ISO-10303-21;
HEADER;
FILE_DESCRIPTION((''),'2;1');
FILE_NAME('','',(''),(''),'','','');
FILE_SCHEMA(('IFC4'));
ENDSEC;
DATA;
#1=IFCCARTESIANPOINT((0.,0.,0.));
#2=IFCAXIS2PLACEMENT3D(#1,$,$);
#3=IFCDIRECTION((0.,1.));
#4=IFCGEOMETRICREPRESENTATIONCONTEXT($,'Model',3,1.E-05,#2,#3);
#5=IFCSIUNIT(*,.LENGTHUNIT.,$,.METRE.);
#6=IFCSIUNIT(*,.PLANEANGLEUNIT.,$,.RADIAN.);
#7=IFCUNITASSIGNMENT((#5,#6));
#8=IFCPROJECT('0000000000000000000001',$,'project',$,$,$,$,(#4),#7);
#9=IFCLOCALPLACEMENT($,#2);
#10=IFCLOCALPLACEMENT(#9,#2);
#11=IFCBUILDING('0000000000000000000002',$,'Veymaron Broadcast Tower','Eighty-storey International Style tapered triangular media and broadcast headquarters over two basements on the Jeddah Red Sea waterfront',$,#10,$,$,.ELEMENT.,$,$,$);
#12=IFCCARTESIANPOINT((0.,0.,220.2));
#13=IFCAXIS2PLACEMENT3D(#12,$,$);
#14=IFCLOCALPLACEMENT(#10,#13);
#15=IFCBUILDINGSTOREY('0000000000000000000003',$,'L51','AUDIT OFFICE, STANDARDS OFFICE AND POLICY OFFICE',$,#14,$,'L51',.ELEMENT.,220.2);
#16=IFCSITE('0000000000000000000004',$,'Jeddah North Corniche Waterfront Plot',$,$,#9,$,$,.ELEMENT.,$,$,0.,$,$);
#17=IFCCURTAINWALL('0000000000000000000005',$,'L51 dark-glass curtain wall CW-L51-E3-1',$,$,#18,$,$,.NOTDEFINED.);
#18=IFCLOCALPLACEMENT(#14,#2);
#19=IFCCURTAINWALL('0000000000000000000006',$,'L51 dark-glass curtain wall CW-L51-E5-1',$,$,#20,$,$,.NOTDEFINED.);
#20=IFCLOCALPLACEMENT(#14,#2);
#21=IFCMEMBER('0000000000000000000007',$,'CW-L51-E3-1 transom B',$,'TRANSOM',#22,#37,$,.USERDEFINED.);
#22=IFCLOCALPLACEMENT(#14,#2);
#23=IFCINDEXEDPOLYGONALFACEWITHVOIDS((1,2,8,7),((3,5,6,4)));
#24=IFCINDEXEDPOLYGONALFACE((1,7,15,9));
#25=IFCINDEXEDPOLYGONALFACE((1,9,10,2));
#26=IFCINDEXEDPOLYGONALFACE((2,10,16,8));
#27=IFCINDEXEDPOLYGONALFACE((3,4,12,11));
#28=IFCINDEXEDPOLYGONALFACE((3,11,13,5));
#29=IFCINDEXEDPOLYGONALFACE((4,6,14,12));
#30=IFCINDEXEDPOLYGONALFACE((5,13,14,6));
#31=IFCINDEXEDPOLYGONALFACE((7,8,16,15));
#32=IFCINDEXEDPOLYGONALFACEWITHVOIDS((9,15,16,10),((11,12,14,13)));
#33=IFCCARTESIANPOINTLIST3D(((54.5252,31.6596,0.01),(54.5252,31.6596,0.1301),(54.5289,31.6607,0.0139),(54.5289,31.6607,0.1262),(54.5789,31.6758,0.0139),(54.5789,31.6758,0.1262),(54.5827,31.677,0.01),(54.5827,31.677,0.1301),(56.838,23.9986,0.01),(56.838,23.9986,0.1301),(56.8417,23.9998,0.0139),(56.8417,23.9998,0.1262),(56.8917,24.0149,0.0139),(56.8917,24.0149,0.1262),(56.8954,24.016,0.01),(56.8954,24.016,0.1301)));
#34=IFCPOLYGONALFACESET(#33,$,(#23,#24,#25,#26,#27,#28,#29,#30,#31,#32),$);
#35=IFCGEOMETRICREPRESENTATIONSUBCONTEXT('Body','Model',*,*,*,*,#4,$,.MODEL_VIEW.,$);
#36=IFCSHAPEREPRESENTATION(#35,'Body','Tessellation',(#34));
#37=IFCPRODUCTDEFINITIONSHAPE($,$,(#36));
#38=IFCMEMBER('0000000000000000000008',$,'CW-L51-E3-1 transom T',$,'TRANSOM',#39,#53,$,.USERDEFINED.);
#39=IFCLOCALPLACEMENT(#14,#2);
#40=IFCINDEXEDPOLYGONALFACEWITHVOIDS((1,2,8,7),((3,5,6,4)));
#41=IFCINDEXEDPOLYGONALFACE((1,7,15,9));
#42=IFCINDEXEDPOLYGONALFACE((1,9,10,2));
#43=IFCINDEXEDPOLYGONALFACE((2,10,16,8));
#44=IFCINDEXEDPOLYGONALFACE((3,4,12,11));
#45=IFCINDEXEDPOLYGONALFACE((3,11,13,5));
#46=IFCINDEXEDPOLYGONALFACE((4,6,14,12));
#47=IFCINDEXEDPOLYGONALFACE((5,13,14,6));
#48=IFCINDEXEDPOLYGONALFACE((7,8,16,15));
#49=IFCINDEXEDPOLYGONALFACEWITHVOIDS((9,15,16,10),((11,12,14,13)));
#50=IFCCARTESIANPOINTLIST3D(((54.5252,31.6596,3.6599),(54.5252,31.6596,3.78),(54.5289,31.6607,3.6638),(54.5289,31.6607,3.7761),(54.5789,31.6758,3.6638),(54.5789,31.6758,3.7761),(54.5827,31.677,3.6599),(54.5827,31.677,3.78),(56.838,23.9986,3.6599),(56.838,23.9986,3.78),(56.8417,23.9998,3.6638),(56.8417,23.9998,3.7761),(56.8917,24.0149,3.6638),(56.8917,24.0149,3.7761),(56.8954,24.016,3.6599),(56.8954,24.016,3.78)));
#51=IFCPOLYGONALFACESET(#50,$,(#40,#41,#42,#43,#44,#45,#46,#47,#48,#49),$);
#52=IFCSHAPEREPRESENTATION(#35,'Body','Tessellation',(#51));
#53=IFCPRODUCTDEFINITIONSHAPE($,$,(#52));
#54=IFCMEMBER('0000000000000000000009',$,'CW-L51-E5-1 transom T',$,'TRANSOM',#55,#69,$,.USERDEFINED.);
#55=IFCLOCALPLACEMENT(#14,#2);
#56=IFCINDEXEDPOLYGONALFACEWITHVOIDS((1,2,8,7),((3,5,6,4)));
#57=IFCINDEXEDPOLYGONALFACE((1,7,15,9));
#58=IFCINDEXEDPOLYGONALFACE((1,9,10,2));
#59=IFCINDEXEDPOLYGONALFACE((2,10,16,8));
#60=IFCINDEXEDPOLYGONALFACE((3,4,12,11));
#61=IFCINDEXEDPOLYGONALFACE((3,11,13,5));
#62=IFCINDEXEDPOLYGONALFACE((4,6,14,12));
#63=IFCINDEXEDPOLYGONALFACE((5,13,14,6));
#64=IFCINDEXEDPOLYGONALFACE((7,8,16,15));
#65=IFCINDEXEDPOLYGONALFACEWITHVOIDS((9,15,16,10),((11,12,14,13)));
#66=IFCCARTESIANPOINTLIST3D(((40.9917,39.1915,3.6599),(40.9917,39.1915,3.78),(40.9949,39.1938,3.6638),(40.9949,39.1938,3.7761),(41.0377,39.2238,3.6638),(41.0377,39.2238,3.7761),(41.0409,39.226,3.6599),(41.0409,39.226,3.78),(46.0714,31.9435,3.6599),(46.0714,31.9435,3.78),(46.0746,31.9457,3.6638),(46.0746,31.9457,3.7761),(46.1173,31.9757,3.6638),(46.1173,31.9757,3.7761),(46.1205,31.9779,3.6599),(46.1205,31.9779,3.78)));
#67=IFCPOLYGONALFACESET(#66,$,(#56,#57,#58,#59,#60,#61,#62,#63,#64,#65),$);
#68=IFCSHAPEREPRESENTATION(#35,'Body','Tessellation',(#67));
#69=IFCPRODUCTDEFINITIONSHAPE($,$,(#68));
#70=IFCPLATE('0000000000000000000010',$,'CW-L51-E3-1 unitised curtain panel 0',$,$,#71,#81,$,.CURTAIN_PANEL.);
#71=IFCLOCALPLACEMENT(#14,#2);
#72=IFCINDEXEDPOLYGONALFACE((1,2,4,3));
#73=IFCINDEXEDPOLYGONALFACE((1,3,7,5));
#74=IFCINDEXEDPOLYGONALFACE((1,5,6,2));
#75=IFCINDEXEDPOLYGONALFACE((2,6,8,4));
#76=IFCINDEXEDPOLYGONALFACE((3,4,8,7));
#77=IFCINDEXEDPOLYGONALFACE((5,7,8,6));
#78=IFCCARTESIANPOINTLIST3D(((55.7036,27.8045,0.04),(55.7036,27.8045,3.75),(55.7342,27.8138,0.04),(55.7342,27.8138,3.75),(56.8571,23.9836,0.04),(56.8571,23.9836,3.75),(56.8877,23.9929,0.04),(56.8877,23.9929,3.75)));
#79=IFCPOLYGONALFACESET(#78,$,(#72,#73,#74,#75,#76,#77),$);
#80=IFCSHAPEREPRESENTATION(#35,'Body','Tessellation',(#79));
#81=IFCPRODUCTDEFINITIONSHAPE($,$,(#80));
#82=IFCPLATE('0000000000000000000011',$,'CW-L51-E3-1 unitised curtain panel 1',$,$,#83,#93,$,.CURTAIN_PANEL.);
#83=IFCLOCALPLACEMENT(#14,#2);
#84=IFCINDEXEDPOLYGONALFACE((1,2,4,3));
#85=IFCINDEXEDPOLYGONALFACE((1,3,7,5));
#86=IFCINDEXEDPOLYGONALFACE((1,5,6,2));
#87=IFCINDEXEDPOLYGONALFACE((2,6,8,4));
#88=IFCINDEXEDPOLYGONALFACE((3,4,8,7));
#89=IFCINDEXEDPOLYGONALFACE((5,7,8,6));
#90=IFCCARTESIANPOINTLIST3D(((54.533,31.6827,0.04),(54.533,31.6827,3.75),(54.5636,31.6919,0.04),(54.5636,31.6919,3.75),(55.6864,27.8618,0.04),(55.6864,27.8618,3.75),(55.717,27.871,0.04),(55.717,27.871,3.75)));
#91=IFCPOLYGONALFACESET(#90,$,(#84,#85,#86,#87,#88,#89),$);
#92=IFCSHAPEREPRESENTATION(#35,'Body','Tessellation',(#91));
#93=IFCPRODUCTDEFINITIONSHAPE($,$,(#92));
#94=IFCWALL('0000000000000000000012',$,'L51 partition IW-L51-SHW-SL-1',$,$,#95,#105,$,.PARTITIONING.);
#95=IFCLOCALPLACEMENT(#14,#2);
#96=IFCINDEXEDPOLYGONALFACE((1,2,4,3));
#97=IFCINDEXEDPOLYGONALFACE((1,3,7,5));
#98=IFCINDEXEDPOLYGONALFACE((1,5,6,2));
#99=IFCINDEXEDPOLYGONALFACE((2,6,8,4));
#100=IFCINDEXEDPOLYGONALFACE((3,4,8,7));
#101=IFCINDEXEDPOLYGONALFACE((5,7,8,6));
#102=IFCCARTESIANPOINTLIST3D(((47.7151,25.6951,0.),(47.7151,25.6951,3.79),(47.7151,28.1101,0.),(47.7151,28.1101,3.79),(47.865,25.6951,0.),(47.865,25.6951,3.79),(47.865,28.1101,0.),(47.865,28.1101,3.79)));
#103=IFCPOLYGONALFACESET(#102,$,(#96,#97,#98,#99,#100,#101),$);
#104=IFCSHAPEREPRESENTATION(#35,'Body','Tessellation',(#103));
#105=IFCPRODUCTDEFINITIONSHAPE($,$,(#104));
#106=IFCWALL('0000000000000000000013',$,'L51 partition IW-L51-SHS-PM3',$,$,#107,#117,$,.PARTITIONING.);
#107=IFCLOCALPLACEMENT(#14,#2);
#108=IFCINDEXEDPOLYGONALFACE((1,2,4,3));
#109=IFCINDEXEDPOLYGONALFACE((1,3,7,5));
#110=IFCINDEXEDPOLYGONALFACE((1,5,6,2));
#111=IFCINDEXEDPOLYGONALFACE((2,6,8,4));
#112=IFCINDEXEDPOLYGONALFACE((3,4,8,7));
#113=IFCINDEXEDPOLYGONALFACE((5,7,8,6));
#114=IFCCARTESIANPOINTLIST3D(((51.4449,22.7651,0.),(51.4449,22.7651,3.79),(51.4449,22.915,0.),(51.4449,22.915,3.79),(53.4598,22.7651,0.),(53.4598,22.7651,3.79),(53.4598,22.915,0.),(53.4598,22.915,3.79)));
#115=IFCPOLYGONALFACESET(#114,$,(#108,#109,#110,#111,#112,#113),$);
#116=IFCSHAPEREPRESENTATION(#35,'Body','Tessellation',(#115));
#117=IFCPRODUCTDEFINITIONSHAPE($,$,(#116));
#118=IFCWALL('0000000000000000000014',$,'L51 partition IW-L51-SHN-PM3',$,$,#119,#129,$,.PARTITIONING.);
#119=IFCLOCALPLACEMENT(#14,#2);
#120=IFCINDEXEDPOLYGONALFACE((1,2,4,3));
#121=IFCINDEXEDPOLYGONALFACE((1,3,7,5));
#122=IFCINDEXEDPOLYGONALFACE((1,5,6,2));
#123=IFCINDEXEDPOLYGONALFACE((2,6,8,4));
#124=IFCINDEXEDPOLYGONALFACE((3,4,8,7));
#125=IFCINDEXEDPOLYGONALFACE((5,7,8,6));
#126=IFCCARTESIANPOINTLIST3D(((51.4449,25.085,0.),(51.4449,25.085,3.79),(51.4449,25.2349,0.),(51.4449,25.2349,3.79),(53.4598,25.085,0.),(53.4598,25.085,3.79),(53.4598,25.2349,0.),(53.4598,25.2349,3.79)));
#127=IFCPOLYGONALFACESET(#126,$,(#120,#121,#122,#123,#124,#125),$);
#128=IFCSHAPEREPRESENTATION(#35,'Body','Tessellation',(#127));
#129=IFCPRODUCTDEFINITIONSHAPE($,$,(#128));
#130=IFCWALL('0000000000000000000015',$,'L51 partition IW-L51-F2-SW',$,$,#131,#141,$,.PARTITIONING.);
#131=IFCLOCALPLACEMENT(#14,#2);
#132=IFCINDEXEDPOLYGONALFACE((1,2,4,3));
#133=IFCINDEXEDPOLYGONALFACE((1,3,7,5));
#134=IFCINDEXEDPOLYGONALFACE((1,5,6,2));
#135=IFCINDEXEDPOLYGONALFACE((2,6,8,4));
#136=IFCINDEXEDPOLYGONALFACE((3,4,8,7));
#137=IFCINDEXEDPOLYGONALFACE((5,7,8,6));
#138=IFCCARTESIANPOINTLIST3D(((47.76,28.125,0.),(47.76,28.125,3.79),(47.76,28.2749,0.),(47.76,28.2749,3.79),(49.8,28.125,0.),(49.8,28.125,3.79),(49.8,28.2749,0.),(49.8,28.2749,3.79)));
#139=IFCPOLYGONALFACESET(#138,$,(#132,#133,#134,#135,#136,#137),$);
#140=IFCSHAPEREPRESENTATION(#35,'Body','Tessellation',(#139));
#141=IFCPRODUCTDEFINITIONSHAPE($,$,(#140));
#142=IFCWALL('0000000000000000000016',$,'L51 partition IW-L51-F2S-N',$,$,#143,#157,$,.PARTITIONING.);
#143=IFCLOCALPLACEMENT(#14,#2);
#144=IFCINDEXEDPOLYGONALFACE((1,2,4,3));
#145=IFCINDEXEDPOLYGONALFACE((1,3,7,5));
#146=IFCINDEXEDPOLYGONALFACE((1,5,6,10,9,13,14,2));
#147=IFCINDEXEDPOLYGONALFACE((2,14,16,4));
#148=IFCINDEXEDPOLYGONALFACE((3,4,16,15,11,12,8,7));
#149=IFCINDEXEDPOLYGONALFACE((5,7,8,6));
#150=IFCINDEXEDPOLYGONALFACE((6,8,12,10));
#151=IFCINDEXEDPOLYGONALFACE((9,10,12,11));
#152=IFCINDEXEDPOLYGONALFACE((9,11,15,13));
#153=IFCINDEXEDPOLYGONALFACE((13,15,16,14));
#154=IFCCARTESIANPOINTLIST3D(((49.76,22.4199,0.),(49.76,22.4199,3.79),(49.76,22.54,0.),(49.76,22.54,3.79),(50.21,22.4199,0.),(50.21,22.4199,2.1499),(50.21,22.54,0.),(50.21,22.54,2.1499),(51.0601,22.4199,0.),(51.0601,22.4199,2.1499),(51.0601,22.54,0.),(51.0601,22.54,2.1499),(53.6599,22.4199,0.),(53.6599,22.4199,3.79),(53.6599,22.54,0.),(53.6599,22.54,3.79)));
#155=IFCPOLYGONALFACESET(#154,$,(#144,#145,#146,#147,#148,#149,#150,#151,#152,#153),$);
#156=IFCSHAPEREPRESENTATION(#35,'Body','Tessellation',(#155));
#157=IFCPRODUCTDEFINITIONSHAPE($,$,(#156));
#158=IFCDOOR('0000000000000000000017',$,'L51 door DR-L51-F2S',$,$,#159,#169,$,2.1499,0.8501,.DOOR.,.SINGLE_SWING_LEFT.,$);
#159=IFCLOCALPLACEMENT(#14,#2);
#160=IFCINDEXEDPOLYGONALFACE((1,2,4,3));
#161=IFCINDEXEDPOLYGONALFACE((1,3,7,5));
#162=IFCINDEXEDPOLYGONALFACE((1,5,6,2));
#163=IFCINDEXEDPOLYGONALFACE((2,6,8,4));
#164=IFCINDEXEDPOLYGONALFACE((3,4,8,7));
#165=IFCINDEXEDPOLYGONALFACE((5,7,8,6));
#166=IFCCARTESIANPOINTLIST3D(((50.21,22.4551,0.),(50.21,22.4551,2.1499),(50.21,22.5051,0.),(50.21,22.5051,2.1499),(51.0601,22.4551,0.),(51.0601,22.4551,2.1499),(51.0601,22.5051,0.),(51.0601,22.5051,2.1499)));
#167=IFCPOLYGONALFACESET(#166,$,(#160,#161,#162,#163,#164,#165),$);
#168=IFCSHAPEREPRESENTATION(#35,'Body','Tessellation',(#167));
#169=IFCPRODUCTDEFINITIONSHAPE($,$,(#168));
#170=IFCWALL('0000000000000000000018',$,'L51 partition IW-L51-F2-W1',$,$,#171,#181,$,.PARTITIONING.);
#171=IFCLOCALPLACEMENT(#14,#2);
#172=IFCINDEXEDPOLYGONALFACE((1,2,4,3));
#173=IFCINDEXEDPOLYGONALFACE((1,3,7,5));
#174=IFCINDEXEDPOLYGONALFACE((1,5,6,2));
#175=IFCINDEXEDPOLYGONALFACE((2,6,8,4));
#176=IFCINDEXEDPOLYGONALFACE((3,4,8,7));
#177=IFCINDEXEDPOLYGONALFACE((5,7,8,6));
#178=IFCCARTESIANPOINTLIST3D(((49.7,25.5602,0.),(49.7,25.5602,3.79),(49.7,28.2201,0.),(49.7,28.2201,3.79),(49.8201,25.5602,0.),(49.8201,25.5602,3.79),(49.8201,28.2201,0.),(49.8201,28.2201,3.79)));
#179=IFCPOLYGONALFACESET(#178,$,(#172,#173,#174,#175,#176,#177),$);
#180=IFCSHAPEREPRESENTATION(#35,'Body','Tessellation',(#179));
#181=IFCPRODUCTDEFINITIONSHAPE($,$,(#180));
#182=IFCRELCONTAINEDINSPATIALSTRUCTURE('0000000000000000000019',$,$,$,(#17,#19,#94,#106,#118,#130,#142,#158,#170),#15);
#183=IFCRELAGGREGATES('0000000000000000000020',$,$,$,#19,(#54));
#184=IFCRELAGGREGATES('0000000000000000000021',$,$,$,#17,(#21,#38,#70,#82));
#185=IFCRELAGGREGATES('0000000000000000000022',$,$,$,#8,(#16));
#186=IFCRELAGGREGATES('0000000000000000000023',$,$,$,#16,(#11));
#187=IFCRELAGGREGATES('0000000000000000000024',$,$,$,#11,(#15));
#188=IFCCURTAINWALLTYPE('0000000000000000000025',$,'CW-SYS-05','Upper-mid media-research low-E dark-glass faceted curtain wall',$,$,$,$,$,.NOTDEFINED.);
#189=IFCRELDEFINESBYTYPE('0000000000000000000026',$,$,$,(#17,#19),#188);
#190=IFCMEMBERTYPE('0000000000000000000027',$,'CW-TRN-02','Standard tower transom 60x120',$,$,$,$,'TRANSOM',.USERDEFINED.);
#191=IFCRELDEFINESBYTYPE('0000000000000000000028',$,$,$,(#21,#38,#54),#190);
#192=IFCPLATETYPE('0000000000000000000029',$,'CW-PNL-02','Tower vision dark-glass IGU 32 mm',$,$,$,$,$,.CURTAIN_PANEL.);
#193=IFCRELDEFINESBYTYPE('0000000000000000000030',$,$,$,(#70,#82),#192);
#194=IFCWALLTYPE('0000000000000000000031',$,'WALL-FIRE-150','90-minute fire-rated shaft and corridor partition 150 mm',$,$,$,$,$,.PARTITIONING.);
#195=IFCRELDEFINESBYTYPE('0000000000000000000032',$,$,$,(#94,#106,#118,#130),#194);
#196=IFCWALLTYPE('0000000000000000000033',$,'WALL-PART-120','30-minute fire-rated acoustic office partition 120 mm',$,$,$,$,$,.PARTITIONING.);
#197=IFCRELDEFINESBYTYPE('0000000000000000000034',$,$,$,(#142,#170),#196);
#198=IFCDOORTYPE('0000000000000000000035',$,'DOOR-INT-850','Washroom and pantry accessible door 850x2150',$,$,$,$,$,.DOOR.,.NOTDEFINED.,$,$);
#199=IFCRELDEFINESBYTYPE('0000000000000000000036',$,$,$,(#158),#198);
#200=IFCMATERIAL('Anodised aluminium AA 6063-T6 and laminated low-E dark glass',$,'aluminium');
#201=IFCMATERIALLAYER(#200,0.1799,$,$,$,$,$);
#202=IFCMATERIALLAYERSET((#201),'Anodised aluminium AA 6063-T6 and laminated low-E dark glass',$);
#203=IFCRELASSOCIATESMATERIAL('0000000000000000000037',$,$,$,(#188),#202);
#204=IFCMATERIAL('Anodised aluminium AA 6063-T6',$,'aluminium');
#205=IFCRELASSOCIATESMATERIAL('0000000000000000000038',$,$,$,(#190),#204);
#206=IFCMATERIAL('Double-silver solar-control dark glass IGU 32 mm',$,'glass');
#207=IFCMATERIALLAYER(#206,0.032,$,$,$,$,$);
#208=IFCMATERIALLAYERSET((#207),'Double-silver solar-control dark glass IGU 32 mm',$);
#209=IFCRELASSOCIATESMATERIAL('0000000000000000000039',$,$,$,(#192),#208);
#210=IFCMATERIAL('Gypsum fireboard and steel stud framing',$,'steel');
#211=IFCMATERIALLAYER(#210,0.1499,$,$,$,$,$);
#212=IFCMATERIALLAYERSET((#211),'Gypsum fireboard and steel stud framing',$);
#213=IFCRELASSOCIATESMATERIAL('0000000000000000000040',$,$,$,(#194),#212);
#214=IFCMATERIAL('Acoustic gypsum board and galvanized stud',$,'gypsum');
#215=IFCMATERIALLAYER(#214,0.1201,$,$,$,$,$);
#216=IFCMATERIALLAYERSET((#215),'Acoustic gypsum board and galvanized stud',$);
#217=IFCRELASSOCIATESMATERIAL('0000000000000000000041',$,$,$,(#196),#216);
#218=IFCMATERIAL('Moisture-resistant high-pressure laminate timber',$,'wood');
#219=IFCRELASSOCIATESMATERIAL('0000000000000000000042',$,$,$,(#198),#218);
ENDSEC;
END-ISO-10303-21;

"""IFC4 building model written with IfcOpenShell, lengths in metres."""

from ifc_helpers import new_model, si_unit, direction, frame, frame_2d, origin, origin_2d, place, context, subcontext, project, spatial, rectangle, hollow_rectangle, extrude, material, layer, layer_set, material_profile, profile_set, type_object, element, fill, aggregate, save


model = new_model("IFC4")

# Units and contexts
model_context = context("Model", 3, precision=1e-05, world=origin(), true_north=direction((0.0, 1.0)))
body_context = subcontext(model_context, "Body", "Model", "MODEL_VIEW")
ifc_project = project(units=[si_unit("LENGTHUNIT", "METRE"), si_unit("PLANEANGLEUNIT", "RADIAN")], contexts=[model_context])

# Site, building, storey
site_placement = place(None, origin())
site = spatial("IfcSite", under=ifc_project, at=site_placement, Name="Jeddah North Corniche Waterfront Plot", CompositionType="ELEMENT", RefElevation=0.0)
building_placement = place(site_placement, origin())
building = spatial("IfcBuilding", under=site, at=building_placement, Name="Veymaron Broadcast Tower", Description="Eighty-storey International Style tapered triangular media and broadcast headquarters over two basements on the Jeddah Red Sea waterfront", CompositionType="ELEMENT")
storey_placement = place(building_placement, frame((0.0, 0.0, 220.2)))
storey = spatial("IfcBuildingStorey", under=building, at=storey_placement, Name="L51", Description="AUDIT OFFICE, STANDARDS OFFICE AND POLICY OFFICE", LongName="L51", CompositionType="ELEMENT", Elevation=220.2)

# Shared definitions
ifc_material_1 = material(Name="Anodised aluminium AA 6063-T6 and laminated low-E dark glass", Category="aluminium")
ifc_layer_1 = layer(ifc_material_1, 0.1799)
ifc_layer_set_1 = layer_set([ifc_layer_1], Name="Anodised aluminium AA 6063-T6 and laminated low-E dark glass")
curtain_wall_type = type_object("IfcCurtainWallType", Name="CW-SYS-05", Description="Upper-mid media-research low-E dark-glass faceted curtain wall", PredefinedType="NOTDEFINED", material=ifc_layer_set_1)
ifc_material_2 = material(Name="Anodised aluminium AA 6063-T6", Category="aluminium")

# Curtain wall
curtain_wall_1_placement = place(storey_placement, origin())
curtain_wall_1 = element("IfcCurtainWall", 1, at=curtain_wall_1_placement, inside=storey, type_object=curtain_wall_type, Name="L51 dark-glass curtain wall CW-L51-E3-1", PredefinedType="NOTDEFINED")

# Curtain wall
curtain_wall_2_placement = place(storey_placement, origin())
curtain_wall_2 = element("IfcCurtainWall", 2, at=curtain_wall_2_placement, inside=storey, type_object=curtain_wall_type, Name="L51 dark-glass curtain wall CW-L51-E5-1", PredefinedType="NOTDEFINED")

# Members
ifc_material_profile_1 = material_profile(ifc_material_2, hollow_rectangle(XDim=0.0601, YDim=0.1201, WallThickness=0.0039, at=origin_2d()), Name="AL120X60X4")
ifc_profile_set_1 = profile_set([ifc_material_profile_1], Name="Anodised aluminium AA 6063-T6")
member_type_1 = type_object("IfcMemberType", Name="CW-TRN-02", Description="Standard tower transom 60x120", ElementType="TRANSOM", PredefinedType="USERDEFINED", material=ifc_profile_set_1)
member_1_placement = place(storey_placement, frame((56.8667, 24.0073, 0.0701), z_axis=(-0.289007, 0.957327, 0.0), x_axis=(-0.957327, -0.289007, 0.0)))
member_1 = element("IfcMember", 3, at=member_1_placement, type_object=member_type_1, Name="CW-L51-E3-1 transom B", ObjectType="TRANSOM", PredefinedType="USERDEFINED", context=body_context, shape_type="SweptSolid", body=[
    extrude(hollow_rectangle(XDim=0.0601, YDim=0.1201, WallThickness=0.0039, at=origin_2d()), origin(), (0.0, 0.0, 1.0), 8.0024),
])
member_2_placement = place(storey_placement, frame((56.8667, 24.0073, 3.72), z_axis=(-0.289007, 0.957327, 0.0), x_axis=(-0.957327, -0.289007, 0.0)))
member_2 = element("IfcMember", 4, at=member_2_placement, type_object=member_type_1, Name="CW-L51-E3-1 transom T", ObjectType="TRANSOM", PredefinedType="USERDEFINED", context=body_context, shape_type="SweptSolid", body=[
    extrude(hollow_rectangle(XDim=0.0601, YDim=0.1201, WallThickness=0.0039, at=origin_2d()), origin(), (0.0, 0.0, 1.0), 8.0024),
])
member_3_placement = place(storey_placement, frame((46.0959, 31.9607, 3.72), z_axis=(-0.573914, 0.818916, 0.0), x_axis=(-0.818916, -0.573914, 0.0)))
member_3 = element("IfcMember", 5, at=member_3_placement, type_object=member_type_1, Name="CW-L51-E5-1 transom T", ObjectType="TRANSOM", PredefinedType="USERDEFINED", context=body_context, shape_type="SweptSolid", body=[
    extrude(hollow_rectangle(XDim=0.0601, YDim=0.1201, WallThickness=0.0039, at=origin_2d()), origin(), (0.0, 0.0, 1.0), 8.8508),
])
aggregate(curtain_wall_2, [member_3])

# Plates
ifc_material_3 = material(Name="Double-silver solar-control dark glass IGU 32 mm", Category="glass")
ifc_layer_2 = layer(ifc_material_3, 0.032)
ifc_layer_set_2 = layer_set([ifc_layer_2], Name="Double-silver solar-control dark glass IGU 32 mm")
plate_type = type_object("IfcPlateType", Name="CW-PNL-02", Description="Tower vision dark-glass IGU 32 mm", PredefinedType="CURTAIN_PANEL", material=ifc_layer_set_2)
plate_1_placement = place(storey_placement, frame((56.2957, 25.8987, 0.04), z_axis=(0.0, 0.0, 1.0), x_axis=(-0.288998, 0.95733, 0.0)))
plate_1 = element("IfcPlate", 6, at=plate_1_placement, type_object=plate_type, Name="CW-L51-E3-1 unitised curtain panel 0", PredefinedType="CURTAIN_PANEL", context=body_context, shape_type="SweptSolid", body=[
    extrude(rectangle(XDim=3.9912, YDim=0.032, at=origin_2d()), origin(), (0.0, 0.0, 1.0), 3.71),
])
plate_2_placement = place(storey_placement, frame((55.125, 29.7769, 0.04), z_axis=(0.0, 0.0, 1.0), x_axis=(-0.288998, 0.95733, 0.0)))
plate_2 = element("IfcPlate", 7, at=plate_2_placement, type_object=plate_type, Name="CW-L51-E3-1 unitised curtain panel 1", PredefinedType="CURTAIN_PANEL", context=body_context, shape_type="SweptSolid", body=[
    extrude(rectangle(XDim=3.9912, YDim=0.032, at=origin_2d()), origin(), (0.0, 0.0, 1.0), 3.71),
])
aggregate(curtain_wall_1, [member_1, member_2, plate_1, plate_2])

# Shared definitions
ifc_material_4 = material(Name="Gypsum fireboard and steel stud framing", Category="steel")
ifc_layer_3 = layer(ifc_material_4, 0.1499)
ifc_layer_set_3 = layer_set([ifc_layer_3], Name="Gypsum fireboard and steel stud framing")
wall_type_1 = type_object("IfcWallType", Name="WALL-FIRE-150", Description="90-minute fire-rated shaft and corridor partition 150 mm", PredefinedType="PARTITIONING", material=ifc_layer_set_3)

# Wall
wall_1_placement = place(storey_placement, frame((47.79, 25.6951, 0.0), z_axis=(0.0, 0.0, 1.0), x_axis=(0.0, 1.0, 0.0)))
element("IfcWall", 8, at=wall_1_placement, inside=storey, type_object=wall_type_1, Name="L51 partition IW-L51-SHW-SL-1", PredefinedType="PARTITIONING", context=body_context, shape_type="SweptSolid", body=[
    extrude(rectangle(XDim=2.415, YDim=0.1499, at=frame_2d((1.2075, 0.0))), origin(), (0.0, 0.0, 1.0), 3.79),
])

# Walls
for number, where, z_axis, x_axis, name in (
    (9, (51.4451, 22.8401, 0.0), (0.0, 0.0, 1.0), (1.0, 0.0, 0.0), "L51 partition IW-L51-SHS-PM3"),
    (10, (51.4451, 25.1599, 0.0), (0.0, 0.0, 1.0), (1.0, 0.0, 0.0), "L51 partition IW-L51-SHN-PM3"),
):
    element("IfcWall", number, at=place(storey_placement, frame(where, z_axis=z_axis, x_axis=x_axis)), inside=storey, type_object=wall_type_1, Name=name, PredefinedType="PARTITIONING", context=body_context, shape_type="SweptSolid", body=[
        extrude(rectangle(XDim=2.0149, YDim=0.1499, at=frame_2d((1.0073, 0.0))), origin(), (0.0, 0.0, 1.0), 3.79),
    ])
wall_2_placement = place(storey_placement, frame((47.76, 28.2, 0.0), z_axis=(0.0, 0.0, 1.0), x_axis=(1.0, 0.0, 0.0)))
element("IfcWall", 11, at=wall_2_placement, inside=storey, type_object=wall_type_1, Name="L51 partition IW-L51-F2-SW", PredefinedType="PARTITIONING", context=body_context, shape_type="SweptSolid", body=[
    extrude(rectangle(XDim=2.04, YDim=0.1499, at=frame_2d((1.02, 0.0))), origin(), (0.0, 0.0, 1.0), 3.79),
])

# Wall, opening, door
ifc_material_5 = material(Name="Acoustic gypsum board and galvanized stud", Category="gypsum")
ifc_layer_4 = layer(ifc_material_5, 0.1201)
ifc_layer_set_4 = layer_set([ifc_layer_4], Name="Acoustic gypsum board and galvanized stud")
wall_type_2 = type_object("IfcWallType", Name="WALL-PART-120", Description="30-minute fire-rated acoustic office partition 120 mm", PredefinedType="PARTITIONING", material=ifc_layer_set_4)
wall_3_placement = place(storey_placement, frame((49.76, 22.48, 0.0), z_axis=(0.0, 0.0, 1.0), x_axis=(1.0, 0.0, 0.0)))
wall_3 = element("IfcWall", 12, at=wall_3_placement, inside=storey, type_object=wall_type_2, Name="L51 partition IW-L51-F2S-N", PredefinedType="PARTITIONING", context=body_context, shape_type="SweptSolid", body=[
    extrude(rectangle(XDim=3.8999, YDim=0.1201, at=frame_2d((1.95, 0.0))), origin(), (0.0, 0.0, 1.0), 3.79),
])
opening_1_placement = place(wall_3_placement, frame((0.45, 0.0, 0.0)))
opening_1 = element("IfcOpeningElement", 13, at=opening_1_placement, cuts=wall_3, PredefinedType="OPENING", context=body_context, shape_type="SweptSolid", body=[
    extrude(rectangle(XDim=0.8501, YDim=2.1499, at=frame_2d((0.425, 1.075))), frame((0.0, 0.0701, 0.0), z_axis=(0.0, -1.0, 0.0), x_axis=(1.0, 0.0, 0.0)), (0.0, 0.0, 1.0), 0.1401),
])
ifc_material_6 = material(Name="Moisture-resistant high-pressure laminate timber", Category="wood")
door_type_1 = type_object("IfcDoorType", Name="DOOR-INT-850", Description="Washroom and pantry accessible door 850x2150", OperationType="NOTDEFINED", PredefinedType="DOOR", material=ifc_material_6)
door_1_placement = place(opening_1_placement, frame((0.8501, 0.0, 0.0), z_axis=(0.0, 0.0, 1.0), x_axis=(-1.0, 0.0, 0.0)))
door_1 = element("IfcDoor", 14, at=door_1_placement, inside=storey, type_object=door_type_1, Name="L51 door DR-L51-F2S", OperationType="SINGLE_SWING_LEFT", OverallHeight=2.1499, OverallWidth=0.8501, PredefinedType="DOOR", context=body_context, shape_type="SweptSolid", body=[
    extrude(rectangle(XDim=0.8501, YDim=2.1499, at=frame_2d((0.425, 1.075))), frame((0.0, 0.0249, 0.0), z_axis=(0.0, -1.0, 0.0), x_axis=(1.0, 0.0, 0.0)), (0.0, 0.0, 1.0), 0.05),
])
fill(opening_1, door_1)

# Wall
wall_4_placement = place(storey_placement, frame((49.76, 25.5601, 0.0), z_axis=(0.0, 0.0, 1.0), x_axis=(0.0, 1.0, 0.0)))
element("IfcWall", 15, at=wall_4_placement, inside=storey, type_object=wall_type_2, Name="L51 partition IW-L51-F2-W1", PredefinedType="PARTITIONING", context=body_context, shape_type="SweptSolid", body=[
    extrude(rectangle(XDim=2.6599, YDim=0.1201, at=frame_2d((1.3301, 0.0))), origin(), (0.0, 0.0, 1.0), 3.79),
])

save(model, "model.ifc")
